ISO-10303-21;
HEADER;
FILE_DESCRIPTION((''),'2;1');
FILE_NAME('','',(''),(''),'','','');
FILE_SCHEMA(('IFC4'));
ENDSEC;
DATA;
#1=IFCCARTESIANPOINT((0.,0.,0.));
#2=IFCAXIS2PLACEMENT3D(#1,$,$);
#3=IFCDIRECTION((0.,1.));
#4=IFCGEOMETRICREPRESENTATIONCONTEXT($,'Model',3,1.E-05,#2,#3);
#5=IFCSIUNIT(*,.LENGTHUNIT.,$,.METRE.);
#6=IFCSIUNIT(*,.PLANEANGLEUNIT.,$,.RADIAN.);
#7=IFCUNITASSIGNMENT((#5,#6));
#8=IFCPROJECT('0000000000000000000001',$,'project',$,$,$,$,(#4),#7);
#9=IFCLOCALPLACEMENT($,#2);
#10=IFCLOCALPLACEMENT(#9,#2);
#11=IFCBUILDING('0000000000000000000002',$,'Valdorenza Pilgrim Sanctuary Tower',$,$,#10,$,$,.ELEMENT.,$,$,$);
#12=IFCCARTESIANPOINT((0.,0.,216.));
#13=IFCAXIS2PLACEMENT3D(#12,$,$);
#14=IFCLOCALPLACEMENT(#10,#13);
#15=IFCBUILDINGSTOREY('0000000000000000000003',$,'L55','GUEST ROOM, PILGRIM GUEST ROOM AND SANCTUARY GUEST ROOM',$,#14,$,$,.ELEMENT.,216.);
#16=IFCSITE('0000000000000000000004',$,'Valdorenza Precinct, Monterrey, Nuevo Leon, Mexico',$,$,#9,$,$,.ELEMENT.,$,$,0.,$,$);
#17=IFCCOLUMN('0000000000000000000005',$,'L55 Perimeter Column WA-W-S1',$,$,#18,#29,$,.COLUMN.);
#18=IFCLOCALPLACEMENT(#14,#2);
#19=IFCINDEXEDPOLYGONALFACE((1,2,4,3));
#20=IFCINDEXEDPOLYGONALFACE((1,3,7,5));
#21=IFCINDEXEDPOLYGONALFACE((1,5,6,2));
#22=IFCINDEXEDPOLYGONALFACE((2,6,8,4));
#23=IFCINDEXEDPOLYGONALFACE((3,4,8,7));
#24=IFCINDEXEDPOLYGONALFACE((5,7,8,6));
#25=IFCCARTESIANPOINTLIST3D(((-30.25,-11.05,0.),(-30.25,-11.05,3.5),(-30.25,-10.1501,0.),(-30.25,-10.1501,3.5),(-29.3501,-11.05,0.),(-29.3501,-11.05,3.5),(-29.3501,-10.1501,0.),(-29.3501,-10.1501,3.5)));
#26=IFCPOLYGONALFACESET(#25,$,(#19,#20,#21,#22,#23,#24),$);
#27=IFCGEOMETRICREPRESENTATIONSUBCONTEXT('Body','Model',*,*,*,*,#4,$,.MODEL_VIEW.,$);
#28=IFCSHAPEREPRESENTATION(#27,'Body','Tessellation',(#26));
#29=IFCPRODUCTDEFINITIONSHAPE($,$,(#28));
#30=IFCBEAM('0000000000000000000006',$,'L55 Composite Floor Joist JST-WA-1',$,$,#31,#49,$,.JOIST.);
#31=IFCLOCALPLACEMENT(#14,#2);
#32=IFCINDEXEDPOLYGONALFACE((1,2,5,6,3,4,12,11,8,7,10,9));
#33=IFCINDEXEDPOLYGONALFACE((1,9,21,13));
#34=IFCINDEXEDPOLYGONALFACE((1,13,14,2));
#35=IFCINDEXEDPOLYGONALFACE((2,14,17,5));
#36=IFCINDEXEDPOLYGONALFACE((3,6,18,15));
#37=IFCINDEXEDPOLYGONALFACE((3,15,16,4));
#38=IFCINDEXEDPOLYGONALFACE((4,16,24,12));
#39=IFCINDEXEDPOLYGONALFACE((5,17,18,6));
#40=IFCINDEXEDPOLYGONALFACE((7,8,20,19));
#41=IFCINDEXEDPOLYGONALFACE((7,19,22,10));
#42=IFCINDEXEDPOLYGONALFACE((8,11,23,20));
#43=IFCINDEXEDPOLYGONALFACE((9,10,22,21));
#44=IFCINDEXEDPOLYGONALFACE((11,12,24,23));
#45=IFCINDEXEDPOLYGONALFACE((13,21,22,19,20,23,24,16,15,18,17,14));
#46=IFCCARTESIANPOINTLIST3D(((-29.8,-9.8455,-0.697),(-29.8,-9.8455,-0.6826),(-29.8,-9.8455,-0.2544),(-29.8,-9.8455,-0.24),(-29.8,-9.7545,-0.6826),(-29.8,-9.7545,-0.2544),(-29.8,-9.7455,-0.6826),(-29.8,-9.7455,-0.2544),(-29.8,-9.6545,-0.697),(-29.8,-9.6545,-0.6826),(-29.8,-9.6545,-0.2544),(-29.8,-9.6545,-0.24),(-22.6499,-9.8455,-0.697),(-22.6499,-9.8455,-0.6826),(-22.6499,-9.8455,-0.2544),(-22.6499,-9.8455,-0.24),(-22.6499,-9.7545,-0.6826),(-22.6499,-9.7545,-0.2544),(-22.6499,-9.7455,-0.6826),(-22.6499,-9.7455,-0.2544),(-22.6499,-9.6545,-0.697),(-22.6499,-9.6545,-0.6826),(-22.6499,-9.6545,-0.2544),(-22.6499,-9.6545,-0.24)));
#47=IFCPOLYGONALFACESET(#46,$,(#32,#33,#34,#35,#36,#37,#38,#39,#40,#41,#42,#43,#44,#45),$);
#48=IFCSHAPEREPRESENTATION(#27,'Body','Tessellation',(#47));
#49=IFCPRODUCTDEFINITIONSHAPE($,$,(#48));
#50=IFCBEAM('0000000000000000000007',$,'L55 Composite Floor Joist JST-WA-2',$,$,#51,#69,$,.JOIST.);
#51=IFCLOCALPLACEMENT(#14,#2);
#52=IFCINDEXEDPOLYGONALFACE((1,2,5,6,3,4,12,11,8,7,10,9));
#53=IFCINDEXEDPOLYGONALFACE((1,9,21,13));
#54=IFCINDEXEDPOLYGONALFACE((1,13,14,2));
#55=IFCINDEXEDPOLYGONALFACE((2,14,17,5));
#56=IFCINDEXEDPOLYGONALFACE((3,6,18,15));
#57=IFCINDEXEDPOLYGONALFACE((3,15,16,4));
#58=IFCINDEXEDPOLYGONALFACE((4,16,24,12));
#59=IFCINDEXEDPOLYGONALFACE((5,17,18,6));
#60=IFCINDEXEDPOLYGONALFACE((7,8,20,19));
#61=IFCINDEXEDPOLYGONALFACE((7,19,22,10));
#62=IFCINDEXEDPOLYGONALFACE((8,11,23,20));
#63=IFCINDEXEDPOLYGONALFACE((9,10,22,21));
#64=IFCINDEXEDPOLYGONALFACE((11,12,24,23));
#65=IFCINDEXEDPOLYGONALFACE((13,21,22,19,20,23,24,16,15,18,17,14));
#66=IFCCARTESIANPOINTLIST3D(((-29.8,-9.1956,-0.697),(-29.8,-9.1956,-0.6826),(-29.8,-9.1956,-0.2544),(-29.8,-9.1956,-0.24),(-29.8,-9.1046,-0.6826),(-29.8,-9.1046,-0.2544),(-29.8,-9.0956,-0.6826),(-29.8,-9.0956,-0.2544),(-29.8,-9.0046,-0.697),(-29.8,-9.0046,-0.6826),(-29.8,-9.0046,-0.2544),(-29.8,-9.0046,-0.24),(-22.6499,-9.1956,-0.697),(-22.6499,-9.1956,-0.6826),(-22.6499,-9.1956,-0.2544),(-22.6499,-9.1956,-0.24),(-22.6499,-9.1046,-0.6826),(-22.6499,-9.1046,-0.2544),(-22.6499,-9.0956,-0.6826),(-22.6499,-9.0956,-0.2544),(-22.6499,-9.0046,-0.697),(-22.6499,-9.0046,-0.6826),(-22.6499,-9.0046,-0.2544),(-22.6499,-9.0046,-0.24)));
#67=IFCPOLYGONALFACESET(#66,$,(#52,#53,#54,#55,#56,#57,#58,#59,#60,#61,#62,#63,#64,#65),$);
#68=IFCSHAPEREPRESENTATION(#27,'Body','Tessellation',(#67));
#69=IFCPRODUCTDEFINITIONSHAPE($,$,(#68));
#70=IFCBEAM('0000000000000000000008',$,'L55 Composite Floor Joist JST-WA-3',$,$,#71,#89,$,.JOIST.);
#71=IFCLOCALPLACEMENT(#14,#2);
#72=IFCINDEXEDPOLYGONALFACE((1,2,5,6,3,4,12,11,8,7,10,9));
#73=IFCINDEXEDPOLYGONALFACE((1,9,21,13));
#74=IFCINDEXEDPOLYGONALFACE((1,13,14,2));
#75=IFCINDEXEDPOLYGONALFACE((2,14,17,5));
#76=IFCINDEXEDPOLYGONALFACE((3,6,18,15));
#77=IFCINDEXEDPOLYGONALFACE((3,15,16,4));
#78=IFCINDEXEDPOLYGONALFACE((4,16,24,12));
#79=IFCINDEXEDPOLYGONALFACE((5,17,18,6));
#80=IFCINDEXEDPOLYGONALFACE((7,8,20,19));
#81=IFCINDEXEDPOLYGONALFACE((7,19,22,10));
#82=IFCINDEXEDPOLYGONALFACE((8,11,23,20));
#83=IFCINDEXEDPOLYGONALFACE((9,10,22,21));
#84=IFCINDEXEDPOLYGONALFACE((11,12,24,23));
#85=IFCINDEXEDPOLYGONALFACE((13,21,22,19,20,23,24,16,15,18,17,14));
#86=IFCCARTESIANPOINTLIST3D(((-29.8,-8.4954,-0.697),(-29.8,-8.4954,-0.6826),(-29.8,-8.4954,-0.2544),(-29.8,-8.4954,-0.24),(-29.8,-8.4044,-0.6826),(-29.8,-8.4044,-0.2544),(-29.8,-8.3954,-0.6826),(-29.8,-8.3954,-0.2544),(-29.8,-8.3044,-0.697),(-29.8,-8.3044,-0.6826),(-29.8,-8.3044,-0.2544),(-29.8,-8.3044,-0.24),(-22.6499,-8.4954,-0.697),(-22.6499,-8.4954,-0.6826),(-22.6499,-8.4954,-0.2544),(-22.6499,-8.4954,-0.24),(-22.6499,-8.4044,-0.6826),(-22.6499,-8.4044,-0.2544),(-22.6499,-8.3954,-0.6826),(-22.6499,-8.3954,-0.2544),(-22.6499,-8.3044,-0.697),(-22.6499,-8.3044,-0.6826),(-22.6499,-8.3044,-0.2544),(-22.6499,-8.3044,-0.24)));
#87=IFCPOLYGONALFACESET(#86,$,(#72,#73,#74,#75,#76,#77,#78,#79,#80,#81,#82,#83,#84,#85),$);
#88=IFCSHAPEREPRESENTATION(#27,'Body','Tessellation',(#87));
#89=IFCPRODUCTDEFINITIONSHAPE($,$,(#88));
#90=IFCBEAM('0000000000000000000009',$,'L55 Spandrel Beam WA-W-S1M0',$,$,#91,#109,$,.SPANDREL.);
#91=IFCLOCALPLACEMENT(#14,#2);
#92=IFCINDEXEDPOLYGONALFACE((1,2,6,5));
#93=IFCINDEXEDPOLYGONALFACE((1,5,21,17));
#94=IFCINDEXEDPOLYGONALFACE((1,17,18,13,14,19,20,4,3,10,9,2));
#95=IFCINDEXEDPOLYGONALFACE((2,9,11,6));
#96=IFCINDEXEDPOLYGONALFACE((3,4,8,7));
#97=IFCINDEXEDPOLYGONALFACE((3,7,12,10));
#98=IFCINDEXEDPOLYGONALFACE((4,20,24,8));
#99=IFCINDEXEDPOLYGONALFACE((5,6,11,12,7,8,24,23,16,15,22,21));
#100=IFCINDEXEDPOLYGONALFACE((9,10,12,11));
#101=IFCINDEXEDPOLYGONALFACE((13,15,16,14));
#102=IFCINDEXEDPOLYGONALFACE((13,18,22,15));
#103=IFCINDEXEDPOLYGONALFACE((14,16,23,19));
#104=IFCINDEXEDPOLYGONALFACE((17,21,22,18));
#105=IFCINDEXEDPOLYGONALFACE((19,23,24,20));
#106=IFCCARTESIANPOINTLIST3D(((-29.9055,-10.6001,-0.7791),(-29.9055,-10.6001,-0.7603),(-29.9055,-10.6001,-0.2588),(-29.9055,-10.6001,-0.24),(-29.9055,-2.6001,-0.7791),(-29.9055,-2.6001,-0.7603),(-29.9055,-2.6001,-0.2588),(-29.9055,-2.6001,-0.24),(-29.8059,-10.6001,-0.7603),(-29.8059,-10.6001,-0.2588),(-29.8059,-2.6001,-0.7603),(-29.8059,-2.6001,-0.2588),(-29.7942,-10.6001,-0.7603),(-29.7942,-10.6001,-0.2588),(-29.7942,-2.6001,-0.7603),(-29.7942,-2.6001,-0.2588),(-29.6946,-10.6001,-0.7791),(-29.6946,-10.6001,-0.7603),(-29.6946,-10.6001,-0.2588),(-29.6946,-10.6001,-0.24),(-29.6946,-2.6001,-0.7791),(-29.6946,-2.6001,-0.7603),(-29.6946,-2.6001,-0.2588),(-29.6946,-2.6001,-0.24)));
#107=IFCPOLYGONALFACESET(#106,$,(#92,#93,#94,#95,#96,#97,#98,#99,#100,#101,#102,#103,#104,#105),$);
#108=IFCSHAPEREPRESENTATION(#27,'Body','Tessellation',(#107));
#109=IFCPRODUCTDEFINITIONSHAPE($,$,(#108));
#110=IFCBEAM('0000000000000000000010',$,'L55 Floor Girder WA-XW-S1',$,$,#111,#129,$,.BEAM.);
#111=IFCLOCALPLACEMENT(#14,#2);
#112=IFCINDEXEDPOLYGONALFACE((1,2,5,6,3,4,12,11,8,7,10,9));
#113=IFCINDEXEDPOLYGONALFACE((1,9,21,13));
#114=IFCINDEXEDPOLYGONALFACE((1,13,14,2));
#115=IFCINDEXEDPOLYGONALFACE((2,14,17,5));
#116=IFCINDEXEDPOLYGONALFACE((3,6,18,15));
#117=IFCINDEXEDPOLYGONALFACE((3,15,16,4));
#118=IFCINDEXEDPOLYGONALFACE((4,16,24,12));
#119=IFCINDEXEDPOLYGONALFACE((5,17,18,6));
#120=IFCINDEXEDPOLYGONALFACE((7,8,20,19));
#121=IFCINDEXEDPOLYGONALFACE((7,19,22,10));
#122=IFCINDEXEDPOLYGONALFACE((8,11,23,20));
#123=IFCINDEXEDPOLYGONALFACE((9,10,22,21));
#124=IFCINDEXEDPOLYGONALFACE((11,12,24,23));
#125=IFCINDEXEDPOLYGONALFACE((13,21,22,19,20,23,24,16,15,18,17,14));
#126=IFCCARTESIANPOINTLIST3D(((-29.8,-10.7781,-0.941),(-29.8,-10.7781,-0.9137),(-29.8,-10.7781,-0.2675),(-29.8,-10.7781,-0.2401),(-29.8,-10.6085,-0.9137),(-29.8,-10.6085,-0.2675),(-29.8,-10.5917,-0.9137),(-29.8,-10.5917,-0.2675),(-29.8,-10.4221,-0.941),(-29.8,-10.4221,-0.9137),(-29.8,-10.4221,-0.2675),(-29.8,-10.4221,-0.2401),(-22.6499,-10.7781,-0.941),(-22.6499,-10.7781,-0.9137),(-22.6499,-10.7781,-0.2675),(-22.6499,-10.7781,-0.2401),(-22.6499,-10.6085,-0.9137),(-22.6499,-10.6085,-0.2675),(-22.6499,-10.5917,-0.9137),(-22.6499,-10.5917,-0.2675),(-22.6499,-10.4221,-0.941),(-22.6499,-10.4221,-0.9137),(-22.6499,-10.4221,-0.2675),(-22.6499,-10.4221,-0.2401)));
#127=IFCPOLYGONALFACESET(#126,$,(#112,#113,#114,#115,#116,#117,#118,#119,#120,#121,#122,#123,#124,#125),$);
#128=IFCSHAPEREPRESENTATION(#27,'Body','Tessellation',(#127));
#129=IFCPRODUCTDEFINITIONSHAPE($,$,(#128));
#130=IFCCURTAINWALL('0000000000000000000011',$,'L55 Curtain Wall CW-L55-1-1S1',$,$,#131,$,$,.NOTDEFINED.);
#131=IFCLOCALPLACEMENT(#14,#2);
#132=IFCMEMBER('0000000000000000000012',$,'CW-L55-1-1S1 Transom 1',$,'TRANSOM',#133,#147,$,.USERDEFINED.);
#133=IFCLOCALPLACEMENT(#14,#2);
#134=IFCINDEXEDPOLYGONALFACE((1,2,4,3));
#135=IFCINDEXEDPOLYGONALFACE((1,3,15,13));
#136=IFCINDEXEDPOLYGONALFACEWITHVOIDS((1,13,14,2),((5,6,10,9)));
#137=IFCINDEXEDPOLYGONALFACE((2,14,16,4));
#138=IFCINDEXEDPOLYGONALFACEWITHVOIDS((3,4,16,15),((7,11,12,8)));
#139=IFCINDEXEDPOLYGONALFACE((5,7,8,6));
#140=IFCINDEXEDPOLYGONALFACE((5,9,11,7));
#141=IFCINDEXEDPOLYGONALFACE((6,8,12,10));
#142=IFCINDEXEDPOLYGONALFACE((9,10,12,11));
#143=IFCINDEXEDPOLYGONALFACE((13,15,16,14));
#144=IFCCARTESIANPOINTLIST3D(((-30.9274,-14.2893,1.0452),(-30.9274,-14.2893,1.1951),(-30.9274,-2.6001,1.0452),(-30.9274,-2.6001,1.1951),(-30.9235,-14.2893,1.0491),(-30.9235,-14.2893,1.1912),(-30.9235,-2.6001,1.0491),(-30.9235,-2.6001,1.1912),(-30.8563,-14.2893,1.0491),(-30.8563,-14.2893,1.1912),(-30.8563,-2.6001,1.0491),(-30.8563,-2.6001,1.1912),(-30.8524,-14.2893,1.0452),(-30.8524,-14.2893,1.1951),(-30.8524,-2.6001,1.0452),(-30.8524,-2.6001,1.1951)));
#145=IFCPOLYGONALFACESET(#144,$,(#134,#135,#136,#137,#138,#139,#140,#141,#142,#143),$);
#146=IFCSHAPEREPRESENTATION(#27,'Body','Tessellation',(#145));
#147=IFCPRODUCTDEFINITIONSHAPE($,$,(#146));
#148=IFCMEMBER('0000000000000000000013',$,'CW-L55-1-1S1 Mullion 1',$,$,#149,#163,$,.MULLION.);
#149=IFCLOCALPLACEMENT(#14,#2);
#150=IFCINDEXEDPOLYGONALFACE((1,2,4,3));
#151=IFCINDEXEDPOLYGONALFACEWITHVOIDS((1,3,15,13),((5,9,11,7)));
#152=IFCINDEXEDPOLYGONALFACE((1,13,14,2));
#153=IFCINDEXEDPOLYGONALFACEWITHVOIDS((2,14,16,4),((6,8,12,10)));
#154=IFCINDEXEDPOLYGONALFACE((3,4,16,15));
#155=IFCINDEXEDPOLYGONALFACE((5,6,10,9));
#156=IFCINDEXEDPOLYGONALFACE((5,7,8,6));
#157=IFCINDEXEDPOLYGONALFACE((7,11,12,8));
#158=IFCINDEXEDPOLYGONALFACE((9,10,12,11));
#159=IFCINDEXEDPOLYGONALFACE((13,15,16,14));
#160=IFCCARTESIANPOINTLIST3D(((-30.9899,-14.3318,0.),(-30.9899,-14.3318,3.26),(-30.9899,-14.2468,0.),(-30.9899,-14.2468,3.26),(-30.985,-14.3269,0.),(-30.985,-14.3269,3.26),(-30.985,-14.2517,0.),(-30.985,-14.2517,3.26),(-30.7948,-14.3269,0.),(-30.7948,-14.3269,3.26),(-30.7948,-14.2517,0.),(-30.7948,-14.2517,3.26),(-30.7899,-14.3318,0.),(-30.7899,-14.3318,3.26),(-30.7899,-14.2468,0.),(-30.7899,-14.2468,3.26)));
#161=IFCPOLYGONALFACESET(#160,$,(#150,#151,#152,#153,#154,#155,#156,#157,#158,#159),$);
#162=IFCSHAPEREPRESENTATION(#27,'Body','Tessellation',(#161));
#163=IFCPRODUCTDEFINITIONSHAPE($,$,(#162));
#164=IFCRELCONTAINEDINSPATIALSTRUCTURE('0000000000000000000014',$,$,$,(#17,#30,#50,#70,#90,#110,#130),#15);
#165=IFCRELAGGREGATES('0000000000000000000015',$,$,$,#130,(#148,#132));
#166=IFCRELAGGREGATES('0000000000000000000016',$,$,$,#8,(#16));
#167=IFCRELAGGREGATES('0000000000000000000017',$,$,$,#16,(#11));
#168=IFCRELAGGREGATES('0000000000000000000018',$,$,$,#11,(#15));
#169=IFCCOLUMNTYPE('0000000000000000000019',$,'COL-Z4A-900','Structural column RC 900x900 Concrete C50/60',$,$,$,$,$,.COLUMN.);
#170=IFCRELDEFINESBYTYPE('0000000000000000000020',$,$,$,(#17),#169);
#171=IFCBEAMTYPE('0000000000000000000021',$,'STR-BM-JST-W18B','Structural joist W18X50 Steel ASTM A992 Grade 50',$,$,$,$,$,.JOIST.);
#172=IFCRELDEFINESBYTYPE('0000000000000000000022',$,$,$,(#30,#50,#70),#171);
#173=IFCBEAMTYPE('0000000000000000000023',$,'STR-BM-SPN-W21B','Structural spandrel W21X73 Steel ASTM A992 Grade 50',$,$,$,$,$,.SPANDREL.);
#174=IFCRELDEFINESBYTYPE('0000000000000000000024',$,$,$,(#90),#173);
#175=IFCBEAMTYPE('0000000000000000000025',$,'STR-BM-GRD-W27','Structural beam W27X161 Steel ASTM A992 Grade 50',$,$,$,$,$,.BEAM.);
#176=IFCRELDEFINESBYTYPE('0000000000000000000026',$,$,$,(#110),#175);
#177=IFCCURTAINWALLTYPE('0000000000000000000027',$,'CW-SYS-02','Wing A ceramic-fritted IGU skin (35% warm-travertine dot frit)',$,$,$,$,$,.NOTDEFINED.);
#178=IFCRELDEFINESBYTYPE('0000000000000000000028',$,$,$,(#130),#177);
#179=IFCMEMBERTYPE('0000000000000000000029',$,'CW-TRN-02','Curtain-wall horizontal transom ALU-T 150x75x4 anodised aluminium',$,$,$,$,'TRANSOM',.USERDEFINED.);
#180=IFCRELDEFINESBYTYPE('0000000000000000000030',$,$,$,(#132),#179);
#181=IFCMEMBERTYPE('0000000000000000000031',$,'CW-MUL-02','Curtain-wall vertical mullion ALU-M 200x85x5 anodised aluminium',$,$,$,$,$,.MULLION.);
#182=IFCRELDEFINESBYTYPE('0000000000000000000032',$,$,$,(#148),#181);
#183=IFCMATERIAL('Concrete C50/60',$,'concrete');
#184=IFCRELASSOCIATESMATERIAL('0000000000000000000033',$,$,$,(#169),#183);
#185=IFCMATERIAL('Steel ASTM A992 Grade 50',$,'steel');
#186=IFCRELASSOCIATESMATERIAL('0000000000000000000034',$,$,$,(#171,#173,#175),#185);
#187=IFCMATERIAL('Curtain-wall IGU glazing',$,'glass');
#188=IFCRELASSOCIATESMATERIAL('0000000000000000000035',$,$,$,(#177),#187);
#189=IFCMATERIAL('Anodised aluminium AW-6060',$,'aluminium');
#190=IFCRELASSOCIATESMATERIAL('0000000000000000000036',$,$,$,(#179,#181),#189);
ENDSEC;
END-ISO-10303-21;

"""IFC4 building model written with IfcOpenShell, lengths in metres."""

from ifc_helpers import new_model, si_unit, direction, frame, origin, origin_2d, place, context, subcontext, project, spatial, rectangle, hollow_rectangle, i_section, extrude, source, transform, mapped, material, material_profile, profile_set, type_object, element, aggregate, save


model = new_model("IFC4")

# Units and contexts
model_context = context("Model", 3, precision=1e-05, world=origin(), true_north=direction((0.0, 1.0)))
body_context = subcontext(model_context, "Body", "Model", "MODEL_VIEW")
ifc_project = project(units=[si_unit("LENGTHUNIT", "METRE"), si_unit("PLANEANGLEUNIT", "RADIAN")], contexts=[model_context])

# Site, building, storey
site_placement = place(None, origin())
site = spatial("IfcSite", under=ifc_project, at=site_placement, Name="Valdorenza Precinct, Monterrey, Nuevo Leon, Mexico", CompositionType="ELEMENT", RefElevation=0.0)
building_placement = place(site_placement, origin())
building = spatial("IfcBuilding", under=site, at=building_placement, Name="Valdorenza Pilgrim Sanctuary Tower", CompositionType="ELEMENT")
storey_placement = place(building_placement, frame((0.0, 0.0, 216.0)))
storey = spatial("IfcBuildingStorey", under=building, at=storey_placement, Name="L55", Description="GUEST ROOM, PILGRIM GUEST ROOM AND SANCTUARY GUEST ROOM", CompositionType="ELEMENT", Elevation=216.0)

# Column
ifc_material_1 = material(Name="Concrete C50/60", Category="concrete")
ifc_material_profile_1 = material_profile(ifc_material_1, rectangle(XDim=0.8999, YDim=0.8999, at=origin_2d()), Name="RC 900x900")
ifc_profile_set_1 = profile_set([ifc_material_profile_1], Name="Concrete C50/60")
column_type = type_object("IfcColumnType", Name="COL-Z4A-900", Description="Structural column RC 900x900 Concrete C50/60", PredefinedType="COLUMN", material=ifc_profile_set_1)
shared_shape_1 = source(origin(), body_context, "Body", "SweptSolid", [
    extrude(rectangle(XDim=0.8999, YDim=0.8999, at=origin_2d()), origin(), (0.0, 0.0, 1.0), 3.5),
])
column_placement = place(storey_placement, frame((-29.8, -10.6001, 0.0), z_axis=(0.0, 0.0, 1.0), x_axis=(1.0, 0.0, 0.0)))
element("IfcColumn", 1, at=column_placement, inside=storey, type_object=column_type, Name="L55 Perimeter Column WA-W-S1", PredefinedType="COLUMN", context=body_context, shape_type="MappedRepresentation", body=[
    mapped(shared_shape_1, transform((0.0, 0.0, 0.0), x_axis=(1.0, 0.0, 0.0), y_axis=(0.0, 1.0, 0.0), z_axis=(0.0, 0.0, 1.0), scale=1.0)),
])

# Beams
ifc_material_2 = material(Name="Steel ASTM A992 Grade 50", Category="steel")
ifc_material_profile_2 = material_profile(ifc_material_2, i_section(OverallWidth=0.1909, OverallDepth=0.457, WebThickness=0.009, FlangeThickness=0.0144, at=origin_2d()), Name="W18X50")
ifc_profile_set_2 = profile_set([ifc_material_profile_2], Name="Steel ASTM A992 Grade 50")
beam_type_1 = type_object("IfcBeamType", Name="STR-BM-JST-W18B", Description="Structural joist W18X50 Steel ASTM A992 Grade 50", PredefinedType="JOIST", material=ifc_profile_set_2)
shared_shape_2 = source(origin(), body_context, "Body", "SweptSolid", [
    extrude(i_section(OverallWidth=0.1909, OverallDepth=0.457, WebThickness=0.009, FlangeThickness=0.0144, at=origin_2d()), origin(), (0.0, 0.0, 1.0), 7.1501),
])
for number, where, z_axis, x_axis, name in (
    (2, (-29.8, -9.75, -0.4685), (1.0, 0.0, 0.0), (0.0, 1.0, 0.0), "L55 Composite Floor Joist JST-WA-1"),
    (3, (-29.8, -9.1001, -0.4685), (1.0, 0.0, 0.0), (0.0, 1.0, 0.0), "L55 Composite Floor Joist JST-WA-2"),
    (4, (-29.8, -8.3999, -0.4685), (1.0, 0.0, 0.0), (0.0, 1.0, 0.0), "L55 Composite Floor Joist JST-WA-3"),
):
    element("IfcBeam", number, at=place(storey_placement, frame(where, z_axis=z_axis, x_axis=x_axis)), inside=storey, type_object=beam_type_1, Name=name, PredefinedType="JOIST", context=body_context, shape_type="MappedRepresentation", body=[
        mapped(shared_shape_2, transform((0.0, 0.0, 0.0), x_axis=(1.0, 0.0, 0.0), y_axis=(0.0, 1.0, 0.0), z_axis=(0.0, 0.0, 1.0), scale=1.0)),
    ])
ifc_material_profile_3 = material_profile(ifc_material_2, i_section(OverallWidth=0.2109, OverallDepth=0.5391, WebThickness=0.0117, FlangeThickness=0.0188, at=origin_2d()), Name="W21X73")
ifc_profile_set_3 = profile_set([ifc_material_profile_3], Name="Steel ASTM A992 Grade 50")
beam_type_2 = type_object("IfcBeamType", Name="STR-BM-SPN-W21B", Description="Structural spandrel W21X73 Steel ASTM A992 Grade 50", PredefinedType="SPANDREL", material=ifc_profile_set_3)
shared_shape_3 = source(origin(), body_context, "Body", "SweptSolid", [
    extrude(i_section(OverallWidth=0.2109, OverallDepth=0.5391, WebThickness=0.0117, FlangeThickness=0.0188, at=origin_2d()), origin(), (0.0, 0.0, 1.0), 8.0),
])
beam_1_placement = place(storey_placement, frame((-29.8, -10.6001, -0.5095), z_axis=(0.0, 1.0, 0.0), x_axis=(-1.0, 0.0, 0.0)))
element("IfcBeam", 5, at=beam_1_placement, inside=storey, type_object=beam_type_2, Name="L55 Spandrel Beam WA-W-S1M0", PredefinedType="SPANDREL", context=body_context, shape_type="MappedRepresentation", body=[
    mapped(shared_shape_3, transform((0.0, 0.0, 0.0), x_axis=(1.0, 0.0, 0.0), y_axis=(0.0, 1.0, 0.0), z_axis=(0.0, 0.0, 1.0), scale=1.0)),
])
ifc_material_profile_4 = material_profile(ifc_material_2, i_section(OverallWidth=0.356, OverallDepth=0.7009, WebThickness=0.0168, FlangeThickness=0.0273, at=origin_2d()), Name="W27X161")
ifc_profile_set_4 = profile_set([ifc_material_profile_4], Name="Steel ASTM A992 Grade 50")
beam_type_3 = type_object("IfcBeamType", Name="STR-BM-GRD-W27", Description="Structural beam W27X161 Steel ASTM A992 Grade 50", PredefinedType="BEAM", material=ifc_profile_set_4)
shared_shape_4 = source(origin(), body_context, "Body", "SweptSolid", [
    extrude(i_section(OverallWidth=0.356, OverallDepth=0.7009, WebThickness=0.0168, FlangeThickness=0.0273, at=origin_2d()), origin(), (0.0, 0.0, 1.0), 7.1501),
])
beam_2_placement = place(storey_placement, frame((-29.8, -10.6001, -0.5906), z_axis=(1.0, 0.0, 0.0), x_axis=(0.0, 1.0, 0.0)))
element("IfcBeam", 6, at=beam_2_placement, inside=storey, type_object=beam_type_3, Name="L55 Floor Girder WA-XW-S1", PredefinedType="BEAM", context=body_context, shape_type="MappedRepresentation", body=[
    mapped(shared_shape_4, transform((0.0, 0.0, 0.0), x_axis=(1.0, 0.0, 0.0), y_axis=(0.0, 1.0, 0.0), z_axis=(0.0, 0.0, 1.0), scale=1.0)),
])

# Curtain wall, members
ifc_material_3 = material(Name="Curtain-wall IGU glazing", Category="glass")
curtain_wall_type = type_object("IfcCurtainWallType", Name="CW-SYS-02", Description="Wing A ceramic-fritted IGU skin (35% warm-travertine dot frit)", PredefinedType="NOTDEFINED", material=ifc_material_3)
curtain_wall_placement = place(storey_placement, origin())
curtain_wall = element("IfcCurtainWall", 7, at=curtain_wall_placement, inside=storey, type_object=curtain_wall_type, Name="L55 Curtain Wall CW-L55-1-1S1", PredefinedType="NOTDEFINED")
ifc_material_4 = material(Name="Anodised aluminium AW-6060", Category="aluminium")
ifc_material_profile_5 = material_profile(ifc_material_4, hollow_rectangle(XDim=0.075, YDim=0.1499, WallThickness=0.0039, at=origin_2d()), Name="ALU-T 150x75x4")
ifc_profile_set_5 = profile_set([ifc_material_profile_5], Name="Anodised aluminium AW-6060")
member_type_1 = type_object("IfcMemberType", Name="CW-TRN-02", Description="Curtain-wall horizontal transom ALU-T 150x75x4 anodised aluminium", ElementType="TRANSOM", PredefinedType="USERDEFINED", material=ifc_profile_set_5)
shared_shape_5 = source(origin(), body_context, "Body", "SweptSolid", [
    extrude(hollow_rectangle(XDim=0.075, YDim=0.1499, WallThickness=0.0039, at=origin_2d()), origin(), (0.0, 0.0, 1.0), 11.6892),
])
member_1_placement = place(storey_placement, frame((-30.8899, -14.2893, 1.1201), z_axis=(0.0, 1.0, 0.0), x_axis=(-1.0, 0.0, 0.0)))
member_1 = element("IfcMember", 8, at=member_1_placement, type_object=member_type_1, Name="CW-L55-1-1S1 Transom 1", ObjectType="TRANSOM", PredefinedType="USERDEFINED", context=body_context, shape_type="MappedRepresentation", body=[
    mapped(shared_shape_5, transform((0.0, 0.0, 0.0), x_axis=(1.0, 0.0, 0.0), y_axis=(0.0, 1.0, 0.0), z_axis=(0.0, 0.0, 1.0), scale=1.0)),
])
ifc_material_profile_6 = material_profile(ifc_material_4, hollow_rectangle(XDim=0.085, YDim=0.2, WallThickness=0.0049, at=origin_2d()), Name="ALU-M 200x85x5")
ifc_profile_set_6 = profile_set([ifc_material_profile_6], Name="Anodised aluminium AW-6060")
member_type_2 = type_object("IfcMemberType", Name="CW-MUL-02", Description="Curtain-wall vertical mullion ALU-M 200x85x5 anodised aluminium", PredefinedType="MULLION", material=ifc_profile_set_6)
shared_shape_6 = source(origin(), body_context, "Body", "SweptSolid", [
    extrude(hollow_rectangle(XDim=0.085, YDim=0.2, WallThickness=0.0049, at=origin_2d()), origin(), (0.0, 0.0, 1.0), 3.26),
])
member_2_placement = place(storey_placement, frame((-30.8899, -14.2893, 0.0), z_axis=(0.0, 0.0, 1.0), x_axis=(0.0, 1.0, 0.0)))
member_2 = element("IfcMember", 9, at=member_2_placement, type_object=member_type_2, Name="CW-L55-1-1S1 Mullion 1", PredefinedType="MULLION", context=body_context, shape_type="MappedRepresentation", body=[
    mapped(shared_shape_6, transform((0.0, 0.0, 0.0), x_axis=(1.0, 0.0, 0.0), y_axis=(0.0, 1.0, 0.0), z_axis=(0.0, 0.0, 1.0), scale=1.0)),
])
aggregate(curtain_wall, [member_2, member_1])

save(model, "model.ifc")
